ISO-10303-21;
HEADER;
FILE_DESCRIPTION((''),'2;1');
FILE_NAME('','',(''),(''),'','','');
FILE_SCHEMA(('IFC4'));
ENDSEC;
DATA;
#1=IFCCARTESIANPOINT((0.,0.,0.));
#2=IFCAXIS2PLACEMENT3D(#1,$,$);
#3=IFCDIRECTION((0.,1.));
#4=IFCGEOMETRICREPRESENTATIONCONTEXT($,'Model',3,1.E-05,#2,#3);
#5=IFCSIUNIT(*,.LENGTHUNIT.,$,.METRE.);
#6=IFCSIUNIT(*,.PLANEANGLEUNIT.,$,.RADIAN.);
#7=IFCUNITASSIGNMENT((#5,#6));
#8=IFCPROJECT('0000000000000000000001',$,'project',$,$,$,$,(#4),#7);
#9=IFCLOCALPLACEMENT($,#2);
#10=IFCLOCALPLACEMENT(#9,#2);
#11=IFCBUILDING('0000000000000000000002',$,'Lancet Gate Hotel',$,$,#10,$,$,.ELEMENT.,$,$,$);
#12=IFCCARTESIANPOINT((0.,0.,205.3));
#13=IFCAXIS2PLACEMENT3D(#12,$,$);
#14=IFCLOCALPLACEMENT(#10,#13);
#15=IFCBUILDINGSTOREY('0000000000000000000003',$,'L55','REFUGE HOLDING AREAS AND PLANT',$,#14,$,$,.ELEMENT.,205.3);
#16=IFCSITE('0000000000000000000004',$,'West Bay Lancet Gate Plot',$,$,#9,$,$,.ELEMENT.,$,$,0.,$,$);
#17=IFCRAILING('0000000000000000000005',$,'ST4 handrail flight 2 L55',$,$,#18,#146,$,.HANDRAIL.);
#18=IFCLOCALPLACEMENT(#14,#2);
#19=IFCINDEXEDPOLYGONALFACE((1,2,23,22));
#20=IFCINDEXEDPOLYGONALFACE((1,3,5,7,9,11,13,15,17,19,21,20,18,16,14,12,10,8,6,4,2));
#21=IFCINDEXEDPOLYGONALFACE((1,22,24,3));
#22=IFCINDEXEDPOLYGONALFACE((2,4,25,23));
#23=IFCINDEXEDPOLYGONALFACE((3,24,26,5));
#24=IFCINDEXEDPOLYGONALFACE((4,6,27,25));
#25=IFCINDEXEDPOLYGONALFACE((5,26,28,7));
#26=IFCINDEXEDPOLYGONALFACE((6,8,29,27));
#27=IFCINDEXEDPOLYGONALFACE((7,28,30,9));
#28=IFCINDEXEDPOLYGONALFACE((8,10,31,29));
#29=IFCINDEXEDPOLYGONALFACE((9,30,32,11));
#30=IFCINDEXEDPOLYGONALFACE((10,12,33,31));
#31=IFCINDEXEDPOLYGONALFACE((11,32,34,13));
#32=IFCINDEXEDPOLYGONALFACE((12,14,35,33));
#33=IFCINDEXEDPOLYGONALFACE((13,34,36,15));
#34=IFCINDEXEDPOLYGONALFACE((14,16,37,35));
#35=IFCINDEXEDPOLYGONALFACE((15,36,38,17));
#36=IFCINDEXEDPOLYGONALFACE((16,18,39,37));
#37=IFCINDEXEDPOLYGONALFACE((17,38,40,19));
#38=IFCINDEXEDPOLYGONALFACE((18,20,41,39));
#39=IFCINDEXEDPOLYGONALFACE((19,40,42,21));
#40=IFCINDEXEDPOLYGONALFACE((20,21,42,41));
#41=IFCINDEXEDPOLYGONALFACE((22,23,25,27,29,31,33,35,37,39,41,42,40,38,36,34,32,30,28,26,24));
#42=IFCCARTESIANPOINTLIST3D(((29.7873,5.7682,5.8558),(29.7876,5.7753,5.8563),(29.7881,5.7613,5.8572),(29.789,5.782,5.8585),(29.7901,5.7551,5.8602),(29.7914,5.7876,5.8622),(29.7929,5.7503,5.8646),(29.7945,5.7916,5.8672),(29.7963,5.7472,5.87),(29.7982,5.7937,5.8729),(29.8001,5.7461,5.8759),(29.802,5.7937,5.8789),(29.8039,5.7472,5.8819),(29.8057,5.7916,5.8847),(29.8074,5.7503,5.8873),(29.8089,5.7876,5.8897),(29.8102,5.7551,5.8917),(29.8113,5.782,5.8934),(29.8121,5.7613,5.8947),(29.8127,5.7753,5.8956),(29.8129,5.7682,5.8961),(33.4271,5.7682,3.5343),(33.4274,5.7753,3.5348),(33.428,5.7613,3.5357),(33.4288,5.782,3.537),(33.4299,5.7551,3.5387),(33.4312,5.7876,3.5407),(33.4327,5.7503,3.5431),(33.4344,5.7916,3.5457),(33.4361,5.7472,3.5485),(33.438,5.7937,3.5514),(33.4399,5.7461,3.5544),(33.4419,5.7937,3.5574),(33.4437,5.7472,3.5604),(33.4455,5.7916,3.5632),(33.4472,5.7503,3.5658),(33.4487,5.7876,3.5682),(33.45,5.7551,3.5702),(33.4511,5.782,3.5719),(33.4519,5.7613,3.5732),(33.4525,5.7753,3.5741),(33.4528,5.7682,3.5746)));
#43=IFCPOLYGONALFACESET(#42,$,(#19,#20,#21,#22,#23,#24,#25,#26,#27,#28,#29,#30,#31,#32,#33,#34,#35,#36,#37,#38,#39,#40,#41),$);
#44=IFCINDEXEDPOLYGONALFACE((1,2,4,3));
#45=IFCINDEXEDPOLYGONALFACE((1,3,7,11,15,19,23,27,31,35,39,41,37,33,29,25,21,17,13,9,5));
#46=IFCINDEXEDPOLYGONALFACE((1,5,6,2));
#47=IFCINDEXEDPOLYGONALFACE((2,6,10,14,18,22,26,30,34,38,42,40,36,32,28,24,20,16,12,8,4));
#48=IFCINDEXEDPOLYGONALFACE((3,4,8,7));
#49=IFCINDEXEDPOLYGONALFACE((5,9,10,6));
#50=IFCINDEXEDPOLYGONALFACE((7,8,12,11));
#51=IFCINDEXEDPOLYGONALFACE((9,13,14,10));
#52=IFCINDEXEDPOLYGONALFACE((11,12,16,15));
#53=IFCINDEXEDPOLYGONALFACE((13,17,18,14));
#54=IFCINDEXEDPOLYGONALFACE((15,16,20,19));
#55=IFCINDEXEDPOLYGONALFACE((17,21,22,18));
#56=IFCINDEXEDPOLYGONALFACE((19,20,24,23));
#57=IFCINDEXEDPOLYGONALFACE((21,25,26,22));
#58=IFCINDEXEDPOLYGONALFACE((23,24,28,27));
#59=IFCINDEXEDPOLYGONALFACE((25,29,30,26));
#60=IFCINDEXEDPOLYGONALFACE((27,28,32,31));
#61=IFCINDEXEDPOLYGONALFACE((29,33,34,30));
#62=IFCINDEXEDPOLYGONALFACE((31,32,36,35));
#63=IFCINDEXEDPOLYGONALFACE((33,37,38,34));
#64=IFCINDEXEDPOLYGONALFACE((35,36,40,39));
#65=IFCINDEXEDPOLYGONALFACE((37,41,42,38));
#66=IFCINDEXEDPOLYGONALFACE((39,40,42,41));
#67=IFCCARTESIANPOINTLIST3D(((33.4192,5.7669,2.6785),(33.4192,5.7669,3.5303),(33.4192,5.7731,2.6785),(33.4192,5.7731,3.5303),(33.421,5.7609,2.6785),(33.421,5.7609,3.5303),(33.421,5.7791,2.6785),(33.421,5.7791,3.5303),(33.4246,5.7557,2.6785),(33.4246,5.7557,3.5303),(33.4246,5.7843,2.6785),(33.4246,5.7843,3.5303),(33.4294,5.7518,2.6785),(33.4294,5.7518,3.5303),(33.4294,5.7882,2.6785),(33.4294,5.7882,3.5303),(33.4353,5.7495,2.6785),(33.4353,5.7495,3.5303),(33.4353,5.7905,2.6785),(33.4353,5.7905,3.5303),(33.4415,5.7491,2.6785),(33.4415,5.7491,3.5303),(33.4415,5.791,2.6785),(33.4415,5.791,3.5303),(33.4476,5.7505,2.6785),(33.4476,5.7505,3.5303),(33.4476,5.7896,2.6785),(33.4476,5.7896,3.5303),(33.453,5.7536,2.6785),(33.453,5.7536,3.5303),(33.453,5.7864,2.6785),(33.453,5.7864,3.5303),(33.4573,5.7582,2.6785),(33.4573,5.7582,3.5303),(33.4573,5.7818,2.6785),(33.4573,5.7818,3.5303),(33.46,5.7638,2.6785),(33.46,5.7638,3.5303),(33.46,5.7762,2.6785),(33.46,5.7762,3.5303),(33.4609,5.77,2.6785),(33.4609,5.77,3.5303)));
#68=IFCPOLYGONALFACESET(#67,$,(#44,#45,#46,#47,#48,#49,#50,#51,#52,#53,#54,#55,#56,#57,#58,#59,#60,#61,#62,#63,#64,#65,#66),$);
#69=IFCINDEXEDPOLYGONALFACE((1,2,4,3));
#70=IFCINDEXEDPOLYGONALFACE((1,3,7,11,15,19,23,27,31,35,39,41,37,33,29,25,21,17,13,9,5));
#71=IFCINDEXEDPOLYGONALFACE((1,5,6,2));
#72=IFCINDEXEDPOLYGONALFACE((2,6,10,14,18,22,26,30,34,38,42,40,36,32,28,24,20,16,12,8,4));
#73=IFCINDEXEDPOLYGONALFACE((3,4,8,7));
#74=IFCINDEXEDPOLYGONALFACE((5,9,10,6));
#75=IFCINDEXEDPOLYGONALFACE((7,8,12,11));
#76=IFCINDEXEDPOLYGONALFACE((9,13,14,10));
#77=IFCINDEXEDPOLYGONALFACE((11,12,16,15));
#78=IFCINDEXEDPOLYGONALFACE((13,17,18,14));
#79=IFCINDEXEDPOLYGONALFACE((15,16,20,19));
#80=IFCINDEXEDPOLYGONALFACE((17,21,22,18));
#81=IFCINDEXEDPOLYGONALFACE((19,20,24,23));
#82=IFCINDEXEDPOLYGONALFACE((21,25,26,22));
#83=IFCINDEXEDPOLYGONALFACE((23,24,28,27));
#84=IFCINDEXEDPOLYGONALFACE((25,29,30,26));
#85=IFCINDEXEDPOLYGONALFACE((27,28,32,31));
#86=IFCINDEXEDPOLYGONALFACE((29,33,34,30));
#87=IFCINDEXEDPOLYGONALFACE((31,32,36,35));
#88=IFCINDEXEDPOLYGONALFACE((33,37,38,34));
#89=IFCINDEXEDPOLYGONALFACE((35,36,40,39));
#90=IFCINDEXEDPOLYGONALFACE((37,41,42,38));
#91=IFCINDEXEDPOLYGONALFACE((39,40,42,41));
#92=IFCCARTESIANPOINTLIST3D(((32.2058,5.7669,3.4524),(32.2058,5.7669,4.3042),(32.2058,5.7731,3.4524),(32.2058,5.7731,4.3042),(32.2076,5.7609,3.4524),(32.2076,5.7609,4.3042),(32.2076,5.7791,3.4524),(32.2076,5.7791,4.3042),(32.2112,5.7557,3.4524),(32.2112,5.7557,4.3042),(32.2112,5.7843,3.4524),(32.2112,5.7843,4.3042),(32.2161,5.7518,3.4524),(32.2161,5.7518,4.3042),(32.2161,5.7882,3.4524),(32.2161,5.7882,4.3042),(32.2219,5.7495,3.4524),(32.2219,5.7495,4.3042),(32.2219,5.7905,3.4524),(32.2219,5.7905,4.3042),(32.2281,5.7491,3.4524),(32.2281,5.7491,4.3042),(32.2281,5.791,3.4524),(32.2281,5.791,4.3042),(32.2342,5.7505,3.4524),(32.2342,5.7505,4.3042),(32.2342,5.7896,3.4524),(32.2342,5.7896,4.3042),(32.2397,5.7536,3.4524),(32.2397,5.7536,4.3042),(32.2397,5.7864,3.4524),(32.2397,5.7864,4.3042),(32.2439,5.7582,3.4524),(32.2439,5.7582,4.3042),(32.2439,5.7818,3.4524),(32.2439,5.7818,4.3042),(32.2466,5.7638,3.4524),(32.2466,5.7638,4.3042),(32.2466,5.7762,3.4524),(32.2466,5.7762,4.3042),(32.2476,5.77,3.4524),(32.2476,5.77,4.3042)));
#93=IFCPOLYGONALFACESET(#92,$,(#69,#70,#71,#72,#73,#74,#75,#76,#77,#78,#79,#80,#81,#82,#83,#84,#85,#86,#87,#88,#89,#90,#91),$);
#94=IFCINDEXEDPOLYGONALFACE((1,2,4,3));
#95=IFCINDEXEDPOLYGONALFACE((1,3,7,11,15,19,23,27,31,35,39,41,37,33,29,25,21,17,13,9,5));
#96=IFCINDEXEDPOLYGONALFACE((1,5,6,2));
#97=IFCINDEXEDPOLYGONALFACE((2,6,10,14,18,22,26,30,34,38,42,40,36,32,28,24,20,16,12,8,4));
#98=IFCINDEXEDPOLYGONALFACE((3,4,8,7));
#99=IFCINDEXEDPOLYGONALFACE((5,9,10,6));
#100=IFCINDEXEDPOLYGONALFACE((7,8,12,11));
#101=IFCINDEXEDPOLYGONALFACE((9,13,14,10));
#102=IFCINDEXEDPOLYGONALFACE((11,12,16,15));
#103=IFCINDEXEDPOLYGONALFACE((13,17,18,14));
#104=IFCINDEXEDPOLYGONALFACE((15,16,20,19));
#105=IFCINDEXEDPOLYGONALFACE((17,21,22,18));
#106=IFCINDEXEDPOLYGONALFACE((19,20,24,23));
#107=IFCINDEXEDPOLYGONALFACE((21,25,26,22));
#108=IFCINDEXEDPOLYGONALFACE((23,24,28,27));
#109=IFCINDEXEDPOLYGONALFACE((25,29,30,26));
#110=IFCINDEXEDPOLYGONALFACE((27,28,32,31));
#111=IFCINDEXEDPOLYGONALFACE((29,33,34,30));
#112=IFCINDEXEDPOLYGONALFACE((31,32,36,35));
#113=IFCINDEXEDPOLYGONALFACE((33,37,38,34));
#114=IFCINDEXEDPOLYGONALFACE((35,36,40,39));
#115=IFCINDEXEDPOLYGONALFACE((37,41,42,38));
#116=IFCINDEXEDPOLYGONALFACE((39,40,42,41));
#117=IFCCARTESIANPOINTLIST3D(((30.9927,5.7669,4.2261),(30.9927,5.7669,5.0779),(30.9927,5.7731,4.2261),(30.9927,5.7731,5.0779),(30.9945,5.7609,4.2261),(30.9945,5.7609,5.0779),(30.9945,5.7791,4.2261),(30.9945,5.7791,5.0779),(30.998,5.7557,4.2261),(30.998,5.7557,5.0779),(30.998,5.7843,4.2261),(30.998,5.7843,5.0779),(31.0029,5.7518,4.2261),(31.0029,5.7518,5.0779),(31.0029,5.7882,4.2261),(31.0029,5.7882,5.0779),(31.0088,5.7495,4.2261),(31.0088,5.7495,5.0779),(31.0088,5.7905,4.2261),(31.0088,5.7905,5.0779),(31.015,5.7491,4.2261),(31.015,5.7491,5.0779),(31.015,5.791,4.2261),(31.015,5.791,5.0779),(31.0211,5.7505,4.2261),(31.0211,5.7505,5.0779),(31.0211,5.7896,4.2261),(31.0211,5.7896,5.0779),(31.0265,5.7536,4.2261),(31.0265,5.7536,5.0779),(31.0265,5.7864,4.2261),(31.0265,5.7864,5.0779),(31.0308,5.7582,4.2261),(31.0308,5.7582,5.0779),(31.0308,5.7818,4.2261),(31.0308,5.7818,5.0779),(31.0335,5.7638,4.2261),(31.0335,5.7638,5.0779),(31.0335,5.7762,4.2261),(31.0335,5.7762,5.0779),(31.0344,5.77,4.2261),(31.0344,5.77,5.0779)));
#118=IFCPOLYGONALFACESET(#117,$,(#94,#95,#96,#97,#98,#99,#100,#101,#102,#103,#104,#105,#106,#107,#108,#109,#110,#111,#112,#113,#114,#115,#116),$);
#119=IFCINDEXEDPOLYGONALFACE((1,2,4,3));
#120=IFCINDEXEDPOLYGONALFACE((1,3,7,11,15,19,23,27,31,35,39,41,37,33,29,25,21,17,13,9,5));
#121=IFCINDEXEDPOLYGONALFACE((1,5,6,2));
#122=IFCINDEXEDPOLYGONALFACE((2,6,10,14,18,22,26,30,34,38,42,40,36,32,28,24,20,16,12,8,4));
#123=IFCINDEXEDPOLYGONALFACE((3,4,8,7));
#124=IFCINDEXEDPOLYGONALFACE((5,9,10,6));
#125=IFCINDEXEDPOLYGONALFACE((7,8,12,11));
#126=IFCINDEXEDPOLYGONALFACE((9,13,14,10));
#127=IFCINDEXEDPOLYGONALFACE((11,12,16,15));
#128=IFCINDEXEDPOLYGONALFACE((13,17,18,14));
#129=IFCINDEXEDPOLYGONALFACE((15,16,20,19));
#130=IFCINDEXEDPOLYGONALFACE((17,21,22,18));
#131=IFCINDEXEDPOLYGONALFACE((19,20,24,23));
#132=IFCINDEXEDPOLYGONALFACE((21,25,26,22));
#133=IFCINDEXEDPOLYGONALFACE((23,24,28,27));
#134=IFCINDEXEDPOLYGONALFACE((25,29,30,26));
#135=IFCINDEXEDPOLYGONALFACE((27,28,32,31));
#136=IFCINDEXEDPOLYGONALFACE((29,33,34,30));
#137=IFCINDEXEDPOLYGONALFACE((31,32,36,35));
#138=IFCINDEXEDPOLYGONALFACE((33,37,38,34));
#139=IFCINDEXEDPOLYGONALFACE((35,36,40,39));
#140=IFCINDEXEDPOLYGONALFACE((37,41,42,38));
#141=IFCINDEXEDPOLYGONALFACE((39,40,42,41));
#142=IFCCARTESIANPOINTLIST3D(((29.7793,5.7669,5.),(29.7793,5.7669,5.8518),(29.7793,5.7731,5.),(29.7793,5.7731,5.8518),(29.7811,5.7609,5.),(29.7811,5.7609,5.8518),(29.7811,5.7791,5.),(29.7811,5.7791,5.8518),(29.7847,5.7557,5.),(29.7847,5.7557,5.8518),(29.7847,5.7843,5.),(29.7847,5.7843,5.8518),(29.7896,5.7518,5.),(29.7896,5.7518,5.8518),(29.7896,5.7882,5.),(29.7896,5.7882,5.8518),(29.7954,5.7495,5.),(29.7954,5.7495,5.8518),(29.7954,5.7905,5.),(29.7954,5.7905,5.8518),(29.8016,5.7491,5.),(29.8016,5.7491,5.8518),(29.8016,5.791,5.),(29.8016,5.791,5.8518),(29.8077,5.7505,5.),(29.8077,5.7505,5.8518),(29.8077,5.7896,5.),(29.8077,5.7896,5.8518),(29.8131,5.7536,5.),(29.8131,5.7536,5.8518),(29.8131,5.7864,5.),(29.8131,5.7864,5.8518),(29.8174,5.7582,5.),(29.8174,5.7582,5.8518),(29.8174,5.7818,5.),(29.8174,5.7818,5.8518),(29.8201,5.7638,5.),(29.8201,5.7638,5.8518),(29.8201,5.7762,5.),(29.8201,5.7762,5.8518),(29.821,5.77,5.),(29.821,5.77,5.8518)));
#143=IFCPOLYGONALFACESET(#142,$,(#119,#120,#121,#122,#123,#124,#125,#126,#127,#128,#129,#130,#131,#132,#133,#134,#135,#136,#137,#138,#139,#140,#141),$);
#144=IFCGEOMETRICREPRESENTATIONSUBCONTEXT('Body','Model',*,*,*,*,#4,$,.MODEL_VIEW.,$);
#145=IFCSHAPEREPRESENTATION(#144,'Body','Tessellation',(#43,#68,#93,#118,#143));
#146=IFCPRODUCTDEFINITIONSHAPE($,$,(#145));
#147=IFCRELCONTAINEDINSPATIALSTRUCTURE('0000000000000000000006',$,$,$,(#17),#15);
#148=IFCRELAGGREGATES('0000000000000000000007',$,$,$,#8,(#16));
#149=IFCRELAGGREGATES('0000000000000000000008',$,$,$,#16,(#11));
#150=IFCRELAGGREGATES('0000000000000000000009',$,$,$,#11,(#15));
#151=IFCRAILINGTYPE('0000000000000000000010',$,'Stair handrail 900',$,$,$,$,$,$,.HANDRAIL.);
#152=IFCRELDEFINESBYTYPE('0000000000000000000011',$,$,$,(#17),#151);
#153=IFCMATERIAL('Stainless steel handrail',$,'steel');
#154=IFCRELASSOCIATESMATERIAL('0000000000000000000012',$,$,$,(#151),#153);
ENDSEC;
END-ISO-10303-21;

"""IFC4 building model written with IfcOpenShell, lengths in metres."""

from ifc_helpers import new_model, si_unit, direction, frame, origin, origin_2d, place, context, subcontext, project, spatial, circle, extrude, material, type_object, element, save


model = new_model("IFC4")

# Units and contexts
model_context = context("Model", 3, precision=1e-05, world=origin(), true_north=direction((0.0, 1.0)))
body_context = subcontext(model_context, "Body", "Model", "MODEL_VIEW")
ifc_project = project(units=[si_unit("LENGTHUNIT", "METRE"), si_unit("PLANEANGLEUNIT", "RADIAN")], contexts=[model_context])

# Site, building, storey
site_placement = place(None, origin())
site = spatial("IfcSite", under=ifc_project, at=site_placement, Name="West Bay Lancet Gate Plot", CompositionType="ELEMENT", RefElevation=0.0)
building_placement = place(site_placement, origin())
building = spatial("IfcBuilding", under=site, at=building_placement, Name="Lancet Gate Hotel", CompositionType="ELEMENT")
storey_placement = place(building_placement, frame((0.0, 0.0, 205.3)))
storey = spatial("IfcBuildingStorey", under=building, at=storey_placement, Name="L55", Description="REFUGE HOLDING AREAS AND PLANT", CompositionType="ELEMENT", Elevation=205.3)

# Railing
ifc_material_1 = material(Name="Stainless steel handrail", Category="steel")
railing_type = type_object("IfcRailingType", Name="Stair handrail 900", PredefinedType="HANDRAIL", material=ifc_material_1)
railing_1_placement = place(storey_placement, frame((33.4399, 5.77, 2.6785)))
element("IfcRailing", 1, at=railing_1_placement, inside=storey, type_object=railing_type, Name="ST4 handrail flight 2 L55", PredefinedType="HANDRAIL", context=body_context, shape_type="SweptSolid", body=[
    extrude(circle(Radius=0.0239, at=origin_2d()), frame((0.0, 0.0, 0.876), z_axis=(-0.843112, 0.0, 0.537739), x_axis=(0.0, -1.0, 0.0)), (0.0, 0.0, 1.0), 4.3171),
    extrude(circle(Radius=0.021, at=origin_2d()), origin(), (0.0, 0.0, 1.0), 0.8518),
    extrude(circle(Radius=0.021, at=origin_2d()), frame((-1.2134, 0.0, 0.7739)), (0.0, 0.0, 1.0), 0.8518),
    extrude(circle(Radius=0.021, at=origin_2d()), frame((-2.4265, 0.0, 1.5476)), (0.0, 0.0, 1.0), 0.8518),
    extrude(circle(Radius=0.021, at=origin_2d()), frame((-3.6399, 0.0, 2.3215)), (0.0, 0.0, 1.0), 0.8518),
])

save(model, "model.ifc")
